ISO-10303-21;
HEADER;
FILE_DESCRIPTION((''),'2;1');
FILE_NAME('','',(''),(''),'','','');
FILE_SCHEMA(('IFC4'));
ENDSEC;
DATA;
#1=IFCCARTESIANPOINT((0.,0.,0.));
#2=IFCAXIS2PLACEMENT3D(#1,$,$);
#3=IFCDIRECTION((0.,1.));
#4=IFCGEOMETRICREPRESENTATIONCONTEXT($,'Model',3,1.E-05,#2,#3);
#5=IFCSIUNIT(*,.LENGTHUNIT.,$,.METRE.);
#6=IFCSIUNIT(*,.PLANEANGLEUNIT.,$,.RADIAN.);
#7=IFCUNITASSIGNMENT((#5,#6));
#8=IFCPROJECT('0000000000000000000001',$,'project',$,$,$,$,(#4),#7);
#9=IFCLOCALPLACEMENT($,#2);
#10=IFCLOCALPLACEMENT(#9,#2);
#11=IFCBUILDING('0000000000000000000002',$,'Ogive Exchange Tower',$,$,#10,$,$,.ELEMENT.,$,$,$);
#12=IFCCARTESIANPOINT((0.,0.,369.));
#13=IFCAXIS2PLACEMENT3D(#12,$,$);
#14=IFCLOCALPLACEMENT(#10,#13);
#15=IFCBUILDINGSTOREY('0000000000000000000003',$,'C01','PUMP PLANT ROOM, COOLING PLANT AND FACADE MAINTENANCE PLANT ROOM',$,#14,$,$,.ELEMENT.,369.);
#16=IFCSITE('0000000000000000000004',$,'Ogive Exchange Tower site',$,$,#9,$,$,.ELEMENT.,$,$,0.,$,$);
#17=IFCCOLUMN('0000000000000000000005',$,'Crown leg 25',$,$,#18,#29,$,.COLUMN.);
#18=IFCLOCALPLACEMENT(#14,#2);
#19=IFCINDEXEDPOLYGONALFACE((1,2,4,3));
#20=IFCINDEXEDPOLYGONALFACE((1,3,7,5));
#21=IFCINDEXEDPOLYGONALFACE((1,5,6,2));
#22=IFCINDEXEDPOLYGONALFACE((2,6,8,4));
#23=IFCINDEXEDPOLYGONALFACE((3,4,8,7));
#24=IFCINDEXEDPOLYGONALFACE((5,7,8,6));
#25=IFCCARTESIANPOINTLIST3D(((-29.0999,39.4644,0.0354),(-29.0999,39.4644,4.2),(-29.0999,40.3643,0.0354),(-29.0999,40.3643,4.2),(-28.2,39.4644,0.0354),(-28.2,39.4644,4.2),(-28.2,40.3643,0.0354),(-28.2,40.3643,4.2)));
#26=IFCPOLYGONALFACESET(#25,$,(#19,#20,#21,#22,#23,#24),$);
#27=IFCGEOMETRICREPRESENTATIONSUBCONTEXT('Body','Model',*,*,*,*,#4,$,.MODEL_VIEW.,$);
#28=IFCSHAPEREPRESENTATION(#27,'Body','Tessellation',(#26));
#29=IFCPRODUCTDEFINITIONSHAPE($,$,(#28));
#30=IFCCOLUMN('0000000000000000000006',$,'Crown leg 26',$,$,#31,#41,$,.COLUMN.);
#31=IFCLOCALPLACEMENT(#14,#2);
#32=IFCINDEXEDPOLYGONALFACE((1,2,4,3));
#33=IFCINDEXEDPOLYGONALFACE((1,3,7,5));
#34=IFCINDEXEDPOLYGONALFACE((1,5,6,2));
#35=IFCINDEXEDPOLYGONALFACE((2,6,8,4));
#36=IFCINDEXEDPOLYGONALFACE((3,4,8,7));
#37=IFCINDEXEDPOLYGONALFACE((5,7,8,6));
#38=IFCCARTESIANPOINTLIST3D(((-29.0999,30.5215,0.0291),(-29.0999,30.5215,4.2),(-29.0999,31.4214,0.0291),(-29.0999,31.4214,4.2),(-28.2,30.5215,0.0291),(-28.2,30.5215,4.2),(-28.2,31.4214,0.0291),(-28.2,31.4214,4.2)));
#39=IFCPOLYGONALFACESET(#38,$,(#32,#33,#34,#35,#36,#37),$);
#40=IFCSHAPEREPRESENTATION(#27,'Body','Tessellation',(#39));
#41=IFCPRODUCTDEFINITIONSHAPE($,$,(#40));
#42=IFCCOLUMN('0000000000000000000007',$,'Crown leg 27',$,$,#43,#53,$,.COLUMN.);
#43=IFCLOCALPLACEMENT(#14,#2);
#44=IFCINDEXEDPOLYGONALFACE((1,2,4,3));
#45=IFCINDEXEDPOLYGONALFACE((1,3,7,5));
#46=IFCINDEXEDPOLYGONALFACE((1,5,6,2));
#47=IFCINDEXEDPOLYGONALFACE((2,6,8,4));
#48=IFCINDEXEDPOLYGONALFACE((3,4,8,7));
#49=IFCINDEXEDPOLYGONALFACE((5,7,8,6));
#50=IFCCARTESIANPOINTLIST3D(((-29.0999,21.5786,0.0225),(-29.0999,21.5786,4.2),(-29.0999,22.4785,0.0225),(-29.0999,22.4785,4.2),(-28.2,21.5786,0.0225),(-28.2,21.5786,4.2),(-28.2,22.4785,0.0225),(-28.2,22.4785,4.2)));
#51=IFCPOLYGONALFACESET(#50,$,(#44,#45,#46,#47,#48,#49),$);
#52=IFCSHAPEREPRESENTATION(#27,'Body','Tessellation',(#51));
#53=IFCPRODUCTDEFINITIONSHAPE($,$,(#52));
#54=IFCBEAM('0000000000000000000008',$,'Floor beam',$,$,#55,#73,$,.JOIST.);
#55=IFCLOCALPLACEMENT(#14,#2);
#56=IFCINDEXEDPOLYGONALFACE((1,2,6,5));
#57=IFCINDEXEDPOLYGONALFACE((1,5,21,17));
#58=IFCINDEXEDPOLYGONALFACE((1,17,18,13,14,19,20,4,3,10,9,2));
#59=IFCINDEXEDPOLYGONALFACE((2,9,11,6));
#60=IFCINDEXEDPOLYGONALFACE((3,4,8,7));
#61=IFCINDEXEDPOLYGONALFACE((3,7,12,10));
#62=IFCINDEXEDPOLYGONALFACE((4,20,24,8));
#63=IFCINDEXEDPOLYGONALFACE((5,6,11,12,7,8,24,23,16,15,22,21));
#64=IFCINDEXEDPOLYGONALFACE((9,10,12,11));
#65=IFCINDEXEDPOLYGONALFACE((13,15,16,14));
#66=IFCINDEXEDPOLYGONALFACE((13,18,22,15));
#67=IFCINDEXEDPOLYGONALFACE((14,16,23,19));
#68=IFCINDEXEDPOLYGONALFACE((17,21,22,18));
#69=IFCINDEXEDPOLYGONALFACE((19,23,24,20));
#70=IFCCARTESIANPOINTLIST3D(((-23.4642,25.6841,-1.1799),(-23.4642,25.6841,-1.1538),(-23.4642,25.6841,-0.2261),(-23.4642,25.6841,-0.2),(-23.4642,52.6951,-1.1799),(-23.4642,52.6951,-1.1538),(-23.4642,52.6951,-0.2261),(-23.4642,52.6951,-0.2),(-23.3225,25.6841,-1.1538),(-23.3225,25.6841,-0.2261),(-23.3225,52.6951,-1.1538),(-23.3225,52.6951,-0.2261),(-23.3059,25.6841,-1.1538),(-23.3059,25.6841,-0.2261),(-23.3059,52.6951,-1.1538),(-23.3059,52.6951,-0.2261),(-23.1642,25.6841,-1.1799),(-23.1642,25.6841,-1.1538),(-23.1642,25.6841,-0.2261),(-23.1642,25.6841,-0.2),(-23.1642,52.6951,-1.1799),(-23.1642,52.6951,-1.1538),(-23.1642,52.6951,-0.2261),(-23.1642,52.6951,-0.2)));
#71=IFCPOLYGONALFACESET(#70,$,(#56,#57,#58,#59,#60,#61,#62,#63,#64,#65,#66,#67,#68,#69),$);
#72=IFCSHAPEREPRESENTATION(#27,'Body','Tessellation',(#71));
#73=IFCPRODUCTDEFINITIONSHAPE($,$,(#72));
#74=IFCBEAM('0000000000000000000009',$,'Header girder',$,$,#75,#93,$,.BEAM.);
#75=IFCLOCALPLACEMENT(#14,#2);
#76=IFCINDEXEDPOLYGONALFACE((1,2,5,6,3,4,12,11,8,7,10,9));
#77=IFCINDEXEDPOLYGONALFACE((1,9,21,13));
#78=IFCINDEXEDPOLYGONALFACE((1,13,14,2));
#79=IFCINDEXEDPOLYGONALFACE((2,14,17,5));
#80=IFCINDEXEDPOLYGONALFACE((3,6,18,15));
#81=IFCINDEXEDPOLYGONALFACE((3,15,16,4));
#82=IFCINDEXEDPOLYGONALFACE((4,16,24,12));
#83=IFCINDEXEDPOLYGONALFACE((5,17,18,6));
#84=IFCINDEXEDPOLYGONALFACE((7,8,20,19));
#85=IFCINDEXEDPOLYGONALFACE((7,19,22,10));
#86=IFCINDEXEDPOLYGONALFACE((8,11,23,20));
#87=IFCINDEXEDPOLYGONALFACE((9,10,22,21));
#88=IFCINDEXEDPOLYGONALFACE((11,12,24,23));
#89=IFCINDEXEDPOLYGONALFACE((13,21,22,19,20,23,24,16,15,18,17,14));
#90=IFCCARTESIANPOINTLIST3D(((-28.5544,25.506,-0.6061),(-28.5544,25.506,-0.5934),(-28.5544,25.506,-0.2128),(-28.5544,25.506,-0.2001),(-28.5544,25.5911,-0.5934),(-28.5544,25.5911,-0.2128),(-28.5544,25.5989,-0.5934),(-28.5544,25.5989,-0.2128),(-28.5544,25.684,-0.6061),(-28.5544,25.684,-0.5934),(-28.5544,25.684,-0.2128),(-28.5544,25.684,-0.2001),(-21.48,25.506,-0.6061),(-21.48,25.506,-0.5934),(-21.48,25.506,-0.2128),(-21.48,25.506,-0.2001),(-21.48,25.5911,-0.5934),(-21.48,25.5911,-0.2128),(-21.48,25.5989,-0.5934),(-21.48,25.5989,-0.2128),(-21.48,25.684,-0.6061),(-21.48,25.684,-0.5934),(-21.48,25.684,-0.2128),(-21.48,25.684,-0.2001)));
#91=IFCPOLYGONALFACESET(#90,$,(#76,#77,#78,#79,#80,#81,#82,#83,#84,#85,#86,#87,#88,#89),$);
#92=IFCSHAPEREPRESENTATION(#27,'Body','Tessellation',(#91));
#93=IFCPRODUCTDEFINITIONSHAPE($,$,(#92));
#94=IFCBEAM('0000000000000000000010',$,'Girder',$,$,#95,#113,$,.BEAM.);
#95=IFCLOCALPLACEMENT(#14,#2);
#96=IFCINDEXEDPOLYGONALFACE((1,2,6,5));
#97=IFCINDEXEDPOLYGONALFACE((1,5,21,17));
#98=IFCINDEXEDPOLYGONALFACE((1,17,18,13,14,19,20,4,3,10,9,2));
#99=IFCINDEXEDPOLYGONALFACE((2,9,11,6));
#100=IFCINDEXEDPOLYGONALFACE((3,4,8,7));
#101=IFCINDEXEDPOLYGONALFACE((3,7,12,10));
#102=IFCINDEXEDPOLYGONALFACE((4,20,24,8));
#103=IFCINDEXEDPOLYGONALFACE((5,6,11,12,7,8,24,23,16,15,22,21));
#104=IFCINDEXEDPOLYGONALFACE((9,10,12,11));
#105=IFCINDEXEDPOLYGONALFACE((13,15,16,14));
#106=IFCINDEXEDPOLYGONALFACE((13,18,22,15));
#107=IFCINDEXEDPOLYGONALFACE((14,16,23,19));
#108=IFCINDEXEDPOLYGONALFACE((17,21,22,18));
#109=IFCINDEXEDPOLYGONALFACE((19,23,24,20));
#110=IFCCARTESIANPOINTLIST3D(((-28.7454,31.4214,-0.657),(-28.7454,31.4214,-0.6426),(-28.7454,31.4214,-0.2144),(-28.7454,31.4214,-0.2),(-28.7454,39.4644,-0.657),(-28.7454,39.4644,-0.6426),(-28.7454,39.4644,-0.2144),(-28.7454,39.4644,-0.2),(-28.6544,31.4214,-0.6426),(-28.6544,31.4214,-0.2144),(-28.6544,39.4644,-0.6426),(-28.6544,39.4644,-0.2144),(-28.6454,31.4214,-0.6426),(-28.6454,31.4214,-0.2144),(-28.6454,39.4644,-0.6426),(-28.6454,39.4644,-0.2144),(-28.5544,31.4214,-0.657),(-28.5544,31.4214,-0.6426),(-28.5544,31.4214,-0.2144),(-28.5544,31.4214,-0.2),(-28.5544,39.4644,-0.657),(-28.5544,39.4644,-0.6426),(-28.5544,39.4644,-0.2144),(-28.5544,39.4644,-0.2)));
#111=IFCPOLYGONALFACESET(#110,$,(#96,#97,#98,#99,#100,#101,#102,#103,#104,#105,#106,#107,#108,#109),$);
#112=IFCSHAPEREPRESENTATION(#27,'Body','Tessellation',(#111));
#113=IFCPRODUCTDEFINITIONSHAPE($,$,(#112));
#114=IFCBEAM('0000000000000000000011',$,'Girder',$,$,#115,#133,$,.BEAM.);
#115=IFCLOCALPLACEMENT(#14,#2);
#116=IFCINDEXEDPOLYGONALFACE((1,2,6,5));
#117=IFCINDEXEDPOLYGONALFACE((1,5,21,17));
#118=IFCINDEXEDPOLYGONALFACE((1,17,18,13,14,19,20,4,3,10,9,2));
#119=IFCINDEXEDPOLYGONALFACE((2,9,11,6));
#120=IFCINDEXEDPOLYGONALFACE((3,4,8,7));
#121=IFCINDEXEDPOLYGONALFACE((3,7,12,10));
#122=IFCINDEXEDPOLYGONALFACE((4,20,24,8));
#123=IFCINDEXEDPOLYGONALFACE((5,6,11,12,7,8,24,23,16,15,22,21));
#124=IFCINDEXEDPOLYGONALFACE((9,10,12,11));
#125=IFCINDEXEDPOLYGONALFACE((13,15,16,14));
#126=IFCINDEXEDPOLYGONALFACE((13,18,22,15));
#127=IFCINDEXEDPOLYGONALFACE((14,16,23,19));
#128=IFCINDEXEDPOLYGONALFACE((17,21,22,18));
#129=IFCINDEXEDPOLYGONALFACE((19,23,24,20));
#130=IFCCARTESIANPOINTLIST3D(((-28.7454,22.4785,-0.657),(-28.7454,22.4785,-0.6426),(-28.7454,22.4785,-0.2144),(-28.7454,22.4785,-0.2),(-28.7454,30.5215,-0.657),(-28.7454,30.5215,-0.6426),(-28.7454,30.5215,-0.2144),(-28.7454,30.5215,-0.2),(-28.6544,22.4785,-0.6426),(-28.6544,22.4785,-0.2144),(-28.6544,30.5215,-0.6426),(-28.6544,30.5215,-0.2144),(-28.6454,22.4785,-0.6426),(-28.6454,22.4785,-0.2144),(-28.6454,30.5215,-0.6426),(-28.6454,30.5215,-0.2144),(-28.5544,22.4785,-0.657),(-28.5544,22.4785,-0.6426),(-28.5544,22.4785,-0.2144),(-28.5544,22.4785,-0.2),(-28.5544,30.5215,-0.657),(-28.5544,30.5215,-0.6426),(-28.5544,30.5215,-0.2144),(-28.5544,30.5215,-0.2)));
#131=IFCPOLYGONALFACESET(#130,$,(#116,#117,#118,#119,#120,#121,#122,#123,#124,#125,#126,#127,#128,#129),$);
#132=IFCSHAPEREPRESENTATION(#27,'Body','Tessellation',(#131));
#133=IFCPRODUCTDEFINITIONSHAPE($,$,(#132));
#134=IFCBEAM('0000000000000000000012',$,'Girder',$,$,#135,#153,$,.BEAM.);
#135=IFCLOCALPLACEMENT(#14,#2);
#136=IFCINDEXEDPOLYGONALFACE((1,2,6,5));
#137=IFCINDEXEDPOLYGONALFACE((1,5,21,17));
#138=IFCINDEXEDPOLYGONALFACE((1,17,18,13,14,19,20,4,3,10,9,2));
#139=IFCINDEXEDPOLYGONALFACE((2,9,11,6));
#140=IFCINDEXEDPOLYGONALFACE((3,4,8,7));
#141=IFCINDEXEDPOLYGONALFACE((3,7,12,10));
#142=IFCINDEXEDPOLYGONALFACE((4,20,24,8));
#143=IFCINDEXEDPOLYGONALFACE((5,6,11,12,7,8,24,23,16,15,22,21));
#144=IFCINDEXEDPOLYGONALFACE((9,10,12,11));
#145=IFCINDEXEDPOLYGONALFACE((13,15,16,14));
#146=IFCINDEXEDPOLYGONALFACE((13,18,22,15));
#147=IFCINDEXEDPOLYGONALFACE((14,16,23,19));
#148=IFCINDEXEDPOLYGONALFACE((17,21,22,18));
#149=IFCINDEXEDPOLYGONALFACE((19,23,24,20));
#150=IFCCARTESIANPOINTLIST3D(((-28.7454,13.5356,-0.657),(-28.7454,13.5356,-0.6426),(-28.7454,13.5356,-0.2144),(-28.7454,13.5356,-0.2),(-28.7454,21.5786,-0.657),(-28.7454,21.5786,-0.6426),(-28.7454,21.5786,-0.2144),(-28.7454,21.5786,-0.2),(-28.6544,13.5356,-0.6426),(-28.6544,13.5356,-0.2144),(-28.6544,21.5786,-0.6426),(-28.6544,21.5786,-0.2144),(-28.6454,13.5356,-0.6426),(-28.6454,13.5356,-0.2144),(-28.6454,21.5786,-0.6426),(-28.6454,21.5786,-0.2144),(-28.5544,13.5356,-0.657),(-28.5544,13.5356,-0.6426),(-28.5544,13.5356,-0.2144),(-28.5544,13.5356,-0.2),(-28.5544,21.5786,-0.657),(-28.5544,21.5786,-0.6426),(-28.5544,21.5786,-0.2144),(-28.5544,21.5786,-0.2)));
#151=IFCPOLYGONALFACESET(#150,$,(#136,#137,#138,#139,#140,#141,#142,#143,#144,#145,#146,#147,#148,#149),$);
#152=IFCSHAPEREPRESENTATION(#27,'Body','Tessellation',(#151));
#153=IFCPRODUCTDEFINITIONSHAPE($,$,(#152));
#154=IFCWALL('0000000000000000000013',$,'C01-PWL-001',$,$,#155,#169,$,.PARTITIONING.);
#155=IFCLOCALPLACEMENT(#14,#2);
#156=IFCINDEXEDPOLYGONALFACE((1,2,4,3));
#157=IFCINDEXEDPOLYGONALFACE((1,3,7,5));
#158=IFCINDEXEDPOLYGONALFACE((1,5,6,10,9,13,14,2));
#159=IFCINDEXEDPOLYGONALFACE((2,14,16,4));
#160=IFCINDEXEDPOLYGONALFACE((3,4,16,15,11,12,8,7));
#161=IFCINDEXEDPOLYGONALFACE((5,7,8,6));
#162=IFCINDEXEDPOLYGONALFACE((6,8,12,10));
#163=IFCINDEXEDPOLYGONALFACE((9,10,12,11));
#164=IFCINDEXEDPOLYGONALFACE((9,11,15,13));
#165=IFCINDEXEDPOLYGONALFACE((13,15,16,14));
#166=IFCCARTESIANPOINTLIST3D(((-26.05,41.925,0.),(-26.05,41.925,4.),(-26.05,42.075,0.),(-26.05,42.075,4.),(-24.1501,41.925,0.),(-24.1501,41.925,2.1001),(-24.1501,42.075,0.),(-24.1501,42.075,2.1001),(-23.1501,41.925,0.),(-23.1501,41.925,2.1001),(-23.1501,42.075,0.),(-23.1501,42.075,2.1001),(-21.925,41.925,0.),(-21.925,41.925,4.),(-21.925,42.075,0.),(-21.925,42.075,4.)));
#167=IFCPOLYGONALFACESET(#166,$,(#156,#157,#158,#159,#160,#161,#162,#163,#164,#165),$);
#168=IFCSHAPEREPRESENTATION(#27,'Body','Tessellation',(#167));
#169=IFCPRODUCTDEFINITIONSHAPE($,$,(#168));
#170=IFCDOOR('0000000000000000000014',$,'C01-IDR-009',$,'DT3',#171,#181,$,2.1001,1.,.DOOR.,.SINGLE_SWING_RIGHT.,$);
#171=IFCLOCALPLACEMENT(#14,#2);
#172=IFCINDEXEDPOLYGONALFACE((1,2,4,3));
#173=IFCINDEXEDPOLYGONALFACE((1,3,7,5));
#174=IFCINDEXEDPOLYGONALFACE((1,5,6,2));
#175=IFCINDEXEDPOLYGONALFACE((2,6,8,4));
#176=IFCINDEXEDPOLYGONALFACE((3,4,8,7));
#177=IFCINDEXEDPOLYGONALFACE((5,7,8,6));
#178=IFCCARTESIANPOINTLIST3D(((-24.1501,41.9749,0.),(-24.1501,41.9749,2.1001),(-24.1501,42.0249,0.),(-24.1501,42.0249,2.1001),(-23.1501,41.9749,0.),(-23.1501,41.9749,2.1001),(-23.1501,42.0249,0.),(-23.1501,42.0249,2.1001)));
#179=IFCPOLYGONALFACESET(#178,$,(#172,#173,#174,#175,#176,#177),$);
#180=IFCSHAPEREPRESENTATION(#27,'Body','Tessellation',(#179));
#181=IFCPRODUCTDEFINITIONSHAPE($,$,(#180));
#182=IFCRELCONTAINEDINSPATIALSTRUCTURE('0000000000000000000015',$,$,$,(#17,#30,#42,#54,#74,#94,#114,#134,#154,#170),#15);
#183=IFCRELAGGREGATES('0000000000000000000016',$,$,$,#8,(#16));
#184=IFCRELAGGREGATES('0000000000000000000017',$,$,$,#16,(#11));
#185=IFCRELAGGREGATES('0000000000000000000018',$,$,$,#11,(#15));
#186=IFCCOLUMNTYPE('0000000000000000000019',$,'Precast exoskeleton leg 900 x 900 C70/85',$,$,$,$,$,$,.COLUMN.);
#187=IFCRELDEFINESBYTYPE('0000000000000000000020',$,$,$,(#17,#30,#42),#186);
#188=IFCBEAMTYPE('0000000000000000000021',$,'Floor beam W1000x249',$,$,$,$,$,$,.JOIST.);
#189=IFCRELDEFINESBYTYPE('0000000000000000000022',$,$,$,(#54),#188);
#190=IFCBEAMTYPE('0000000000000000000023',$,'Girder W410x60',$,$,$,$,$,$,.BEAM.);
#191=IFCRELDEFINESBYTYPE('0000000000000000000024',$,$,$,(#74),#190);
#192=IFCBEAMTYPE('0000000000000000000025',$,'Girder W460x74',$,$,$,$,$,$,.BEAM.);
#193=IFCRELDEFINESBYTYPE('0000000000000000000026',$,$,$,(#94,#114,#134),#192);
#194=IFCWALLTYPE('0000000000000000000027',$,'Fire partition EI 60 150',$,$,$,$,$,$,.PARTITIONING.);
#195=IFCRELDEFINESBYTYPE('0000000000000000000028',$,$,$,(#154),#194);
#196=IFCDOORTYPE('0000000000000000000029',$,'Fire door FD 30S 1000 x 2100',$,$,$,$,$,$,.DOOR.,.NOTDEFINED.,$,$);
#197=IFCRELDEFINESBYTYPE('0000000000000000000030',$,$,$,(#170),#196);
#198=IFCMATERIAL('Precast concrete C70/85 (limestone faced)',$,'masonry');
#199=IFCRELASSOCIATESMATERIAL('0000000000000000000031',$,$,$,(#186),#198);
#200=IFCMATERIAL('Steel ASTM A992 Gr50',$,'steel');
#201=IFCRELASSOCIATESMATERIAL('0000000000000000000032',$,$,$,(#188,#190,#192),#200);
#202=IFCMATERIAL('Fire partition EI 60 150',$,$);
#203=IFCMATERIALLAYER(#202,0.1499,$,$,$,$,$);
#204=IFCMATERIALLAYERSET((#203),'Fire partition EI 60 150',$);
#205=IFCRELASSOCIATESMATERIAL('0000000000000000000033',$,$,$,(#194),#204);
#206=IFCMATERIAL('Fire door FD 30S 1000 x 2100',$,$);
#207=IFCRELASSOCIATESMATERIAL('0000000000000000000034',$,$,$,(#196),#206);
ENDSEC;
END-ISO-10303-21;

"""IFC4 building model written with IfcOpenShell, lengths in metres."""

from ifc_helpers import new_model, si_unit, direction, frame, frame_2d, origin, origin_2d, place, context, subcontext, project, spatial, rectangle, i_section, extrude, material, layer, layer_set, material_profile, profile_set, type_object, element, fill, save


model = new_model("IFC4")

# Units and contexts
model_context = context("Model", 3, precision=1e-05, world=origin(), true_north=direction((0.0, 1.0)))
body_context = subcontext(model_context, "Body", "Model", "MODEL_VIEW")
ifc_project = project(units=[si_unit("LENGTHUNIT", "METRE"), si_unit("PLANEANGLEUNIT", "RADIAN")], contexts=[model_context])

# Site, building, storey
site_placement = place(None, origin())
site = spatial("IfcSite", under=ifc_project, at=site_placement, Name="Ogive Exchange Tower site", CompositionType="ELEMENT", RefElevation=0.0)
building_placement = place(site_placement, origin())
building = spatial("IfcBuilding", under=site, at=building_placement, Name="Ogive Exchange Tower", CompositionType="ELEMENT")
storey_placement = place(building_placement, frame((0.0, 0.0, 369.0)))
storey = spatial("IfcBuildingStorey", under=building, at=storey_placement, Name="C01", Description="PUMP PLANT ROOM, COOLING PLANT AND FACADE MAINTENANCE PLANT ROOM", CompositionType="ELEMENT", Elevation=369.0)

# Columns
ifc_material_1 = material(Name="Precast concrete C70/85 (limestone faced)", Category="masonry")
ifc_material_profile_1 = material_profile(ifc_material_1, rectangle(XDim=0.8999, YDim=0.8999, at=origin_2d()), Name="900 x 900")
ifc_profile_set_1 = profile_set([ifc_material_profile_1], Name="Precast concrete C70/85 (limestone faced)")
column_type = type_object("IfcColumnType", Name="Precast exoskeleton leg 900 x 900 C70/85", PredefinedType="COLUMN", material=ifc_profile_set_1)
column_1_placement = place(storey_placement, frame((-28.6499, 39.9143, 0.0354), z_axis=(0.0, 0.0, 1.0), x_axis=(1.0, 0.0, 0.0)))
element("IfcColumn", 1, at=column_1_placement, inside=storey, type_object=column_type, Name="Crown leg 25", PredefinedType="COLUMN", context=body_context, shape_type="SweptSolid", body=[
    extrude(rectangle(XDim=0.8999, YDim=0.8999, at=origin_2d()), origin(), (0.0, 0.0, 1.0), 4.1646),
])
column_2_placement = place(storey_placement, frame((-28.6499, 30.9714, 0.0291), z_axis=(0.0, 0.0, 1.0), x_axis=(1.0, 0.0, 0.0)))
element("IfcColumn", 2, at=column_2_placement, inside=storey, type_object=column_type, Name="Crown leg 26", PredefinedType="COLUMN", context=body_context, shape_type="SweptSolid", body=[
    extrude(rectangle(XDim=0.8999, YDim=0.8999, at=origin_2d()), origin(), (0.0, 0.0, 1.0), 4.1709),
])
column_3_placement = place(storey_placement, frame((-28.6499, 22.0286, 0.0225), z_axis=(0.0, 0.0, 1.0), x_axis=(1.0, 0.0, 0.0)))
element("IfcColumn", 3, at=column_3_placement, inside=storey, type_object=column_type, Name="Crown leg 27", PredefinedType="COLUMN", context=body_context, shape_type="SweptSolid", body=[
    extrude(rectangle(XDim=0.8999, YDim=0.8999, at=origin_2d()), origin(), (0.0, 0.0, 1.0), 4.1775),
])

# Beams
ifc_material_2 = material(Name="Steel ASTM A992 Gr50", Category="steel")
ifc_material_profile_2 = material_profile(ifc_material_2, i_section(OverallWidth=0.3, OverallDepth=0.98, WebThickness=0.0166, FlangeThickness=0.0261, at=origin_2d()), Name="W1000x249")
ifc_profile_set_2 = profile_set([ifc_material_profile_2], Name="Steel ASTM A992 Gr50")
beam_type_1 = type_object("IfcBeamType", Name="Floor beam W1000x249", PredefinedType="JOIST", material=ifc_profile_set_2)
beam_1_placement = place(storey_placement, frame((-23.3142, 25.6841, -0.6899), z_axis=(0.0, 1.0, 0.0), x_axis=(-1.0, 0.0, 0.0)))
element("IfcBeam", 4, at=beam_1_placement, inside=storey, type_object=beam_type_1, Name="Floor beam", PredefinedType="JOIST", context=body_context, shape_type="SweptSolid", body=[
    extrude(i_section(OverallWidth=0.3, OverallDepth=0.98, WebThickness=0.0166, FlangeThickness=0.0261, at=origin_2d()), origin(), (0.0, 0.0, 1.0), 27.011),
])
ifc_material_profile_3 = material_profile(ifc_material_2, i_section(OverallWidth=0.178, OverallDepth=0.406, WebThickness=0.0078, FlangeThickness=0.0127, at=origin_2d()), Name="W410x60")
ifc_profile_set_3 = profile_set([ifc_material_profile_3], Name="Steel ASTM A992 Gr50")
beam_type_2 = type_object("IfcBeamType", Name="Girder W410x60", PredefinedType="BEAM", material=ifc_profile_set_3)
beam_2_placement = place(storey_placement, frame((-28.5544, 25.595, -0.4031), z_axis=(1.0, 0.0, 0.0), x_axis=(0.0, 1.0, 0.0)))
element("IfcBeam", 5, at=beam_2_placement, inside=storey, type_object=beam_type_2, Name="Header girder", PredefinedType="BEAM", context=body_context, shape_type="SweptSolid", body=[
    extrude(i_section(OverallWidth=0.178, OverallDepth=0.406, WebThickness=0.0078, FlangeThickness=0.0127, at=origin_2d()), origin(), (0.0, 0.0, 1.0), 7.0745),
])
ifc_material_profile_4 = material_profile(ifc_material_2, i_section(OverallWidth=0.1909, OverallDepth=0.457, WebThickness=0.009, FlangeThickness=0.0144, at=origin_2d()), Name="W460x74")
ifc_profile_set_4 = profile_set([ifc_material_profile_4], Name="Steel ASTM A992 Gr50")
beam_type_3 = type_object("IfcBeamType", Name="Girder W460x74", PredefinedType="BEAM", material=ifc_profile_set_4)
for number, where, z_axis, x_axis, name in (
    (6, (-28.6499, 39.4644, -0.4285), (0.0, -1.0, 0.0), (1.0, 0.0, 0.0), "Girder"),
    (7, (-28.6499, 30.5215, -0.4285), (0.0, -1.0, 0.0), (1.0, 0.0, 0.0), "Girder"),
    (8, (-28.6499, 21.5786, -0.4285), (0.0, -1.0, 0.0), (1.0, 0.0, 0.0), "Girder"),
):
    element("IfcBeam", number, at=place(storey_placement, frame(where, z_axis=z_axis, x_axis=x_axis)), inside=storey, type_object=beam_type_3, Name=name, PredefinedType="BEAM", context=body_context, shape_type="SweptSolid", body=[
        extrude(i_section(OverallWidth=0.1909, OverallDepth=0.457, WebThickness=0.009, FlangeThickness=0.0144, at=origin_2d()), origin(), (0.0, 0.0, 1.0), 8.043),
    ])

# Wall, opening, door
ifc_material_3 = material(Name="Fire partition EI 60 150")
ifc_layer_1 = layer(ifc_material_3, 0.1499)
ifc_layer_set_1 = layer_set([ifc_layer_1], Name="Fire partition EI 60 150")
wall_type_1 = type_object("IfcWallType", Name="Fire partition EI 60 150", PredefinedType="PARTITIONING", material=ifc_layer_set_1)
wall_1_placement = place(storey_placement, frame((-26.05, 42.0, 0.0), z_axis=(0.0, 0.0, 1.0), x_axis=(1.0, 0.0, 0.0)))
wall_1 = element("IfcWall", 9, at=wall_1_placement, inside=storey, type_object=wall_type_1, Name="C01-PWL-001", PredefinedType="PARTITIONING", context=body_context, shape_type="SweptSolid", body=[
    extrude(rectangle(XDim=4.125, YDim=0.1499, at=frame_2d((2.0625, 0.0))), origin(), (0.0, 0.0, 1.0), 4.0),
])
opening_1_placement = place(wall_1_placement, frame((1.8999, 0.0, 0.0)))
opening_1 = element("IfcOpeningElement", 10, at=opening_1_placement, cuts=wall_1, PredefinedType="OPENING", context=body_context, shape_type="SweptSolid", body=[
    extrude(rectangle(XDim=1.0, YDim=2.1001, at=frame_2d((0.5, 1.05))), frame((0.0, 0.085, 0.0), z_axis=(0.0, -1.0, 0.0), x_axis=(1.0, 0.0, 0.0)), (0.0, 0.0, 1.0), 0.1699),
])
ifc_material_4 = material(Name="Fire door FD 30S 1000 x 2100")
door_type = type_object("IfcDoorType", Name="Fire door FD 30S 1000 x 2100", OperationType="NOTDEFINED", PredefinedType="DOOR", material=ifc_material_4)
door_placement = place(opening_1_placement, origin())
door = element("IfcDoor", 11, at=door_placement, inside=storey, type_object=door_type, Name="C01-IDR-009", ObjectType="DT3", OperationType="SINGLE_SWING_RIGHT", OverallHeight=2.1001, OverallWidth=1.0, PredefinedType="DOOR", context=body_context, shape_type="SweptSolid", body=[
    extrude(rectangle(XDim=1.0, YDim=2.1001, at=frame_2d((0.5, 1.05))), frame((0.0, 0.0249, 0.0), z_axis=(0.0, -1.0, 0.0), x_axis=(1.0, 0.0, 0.0)), (0.0, 0.0, 1.0), 0.05),
])
fill(opening_1, door)

save(model, "model.ifc")
